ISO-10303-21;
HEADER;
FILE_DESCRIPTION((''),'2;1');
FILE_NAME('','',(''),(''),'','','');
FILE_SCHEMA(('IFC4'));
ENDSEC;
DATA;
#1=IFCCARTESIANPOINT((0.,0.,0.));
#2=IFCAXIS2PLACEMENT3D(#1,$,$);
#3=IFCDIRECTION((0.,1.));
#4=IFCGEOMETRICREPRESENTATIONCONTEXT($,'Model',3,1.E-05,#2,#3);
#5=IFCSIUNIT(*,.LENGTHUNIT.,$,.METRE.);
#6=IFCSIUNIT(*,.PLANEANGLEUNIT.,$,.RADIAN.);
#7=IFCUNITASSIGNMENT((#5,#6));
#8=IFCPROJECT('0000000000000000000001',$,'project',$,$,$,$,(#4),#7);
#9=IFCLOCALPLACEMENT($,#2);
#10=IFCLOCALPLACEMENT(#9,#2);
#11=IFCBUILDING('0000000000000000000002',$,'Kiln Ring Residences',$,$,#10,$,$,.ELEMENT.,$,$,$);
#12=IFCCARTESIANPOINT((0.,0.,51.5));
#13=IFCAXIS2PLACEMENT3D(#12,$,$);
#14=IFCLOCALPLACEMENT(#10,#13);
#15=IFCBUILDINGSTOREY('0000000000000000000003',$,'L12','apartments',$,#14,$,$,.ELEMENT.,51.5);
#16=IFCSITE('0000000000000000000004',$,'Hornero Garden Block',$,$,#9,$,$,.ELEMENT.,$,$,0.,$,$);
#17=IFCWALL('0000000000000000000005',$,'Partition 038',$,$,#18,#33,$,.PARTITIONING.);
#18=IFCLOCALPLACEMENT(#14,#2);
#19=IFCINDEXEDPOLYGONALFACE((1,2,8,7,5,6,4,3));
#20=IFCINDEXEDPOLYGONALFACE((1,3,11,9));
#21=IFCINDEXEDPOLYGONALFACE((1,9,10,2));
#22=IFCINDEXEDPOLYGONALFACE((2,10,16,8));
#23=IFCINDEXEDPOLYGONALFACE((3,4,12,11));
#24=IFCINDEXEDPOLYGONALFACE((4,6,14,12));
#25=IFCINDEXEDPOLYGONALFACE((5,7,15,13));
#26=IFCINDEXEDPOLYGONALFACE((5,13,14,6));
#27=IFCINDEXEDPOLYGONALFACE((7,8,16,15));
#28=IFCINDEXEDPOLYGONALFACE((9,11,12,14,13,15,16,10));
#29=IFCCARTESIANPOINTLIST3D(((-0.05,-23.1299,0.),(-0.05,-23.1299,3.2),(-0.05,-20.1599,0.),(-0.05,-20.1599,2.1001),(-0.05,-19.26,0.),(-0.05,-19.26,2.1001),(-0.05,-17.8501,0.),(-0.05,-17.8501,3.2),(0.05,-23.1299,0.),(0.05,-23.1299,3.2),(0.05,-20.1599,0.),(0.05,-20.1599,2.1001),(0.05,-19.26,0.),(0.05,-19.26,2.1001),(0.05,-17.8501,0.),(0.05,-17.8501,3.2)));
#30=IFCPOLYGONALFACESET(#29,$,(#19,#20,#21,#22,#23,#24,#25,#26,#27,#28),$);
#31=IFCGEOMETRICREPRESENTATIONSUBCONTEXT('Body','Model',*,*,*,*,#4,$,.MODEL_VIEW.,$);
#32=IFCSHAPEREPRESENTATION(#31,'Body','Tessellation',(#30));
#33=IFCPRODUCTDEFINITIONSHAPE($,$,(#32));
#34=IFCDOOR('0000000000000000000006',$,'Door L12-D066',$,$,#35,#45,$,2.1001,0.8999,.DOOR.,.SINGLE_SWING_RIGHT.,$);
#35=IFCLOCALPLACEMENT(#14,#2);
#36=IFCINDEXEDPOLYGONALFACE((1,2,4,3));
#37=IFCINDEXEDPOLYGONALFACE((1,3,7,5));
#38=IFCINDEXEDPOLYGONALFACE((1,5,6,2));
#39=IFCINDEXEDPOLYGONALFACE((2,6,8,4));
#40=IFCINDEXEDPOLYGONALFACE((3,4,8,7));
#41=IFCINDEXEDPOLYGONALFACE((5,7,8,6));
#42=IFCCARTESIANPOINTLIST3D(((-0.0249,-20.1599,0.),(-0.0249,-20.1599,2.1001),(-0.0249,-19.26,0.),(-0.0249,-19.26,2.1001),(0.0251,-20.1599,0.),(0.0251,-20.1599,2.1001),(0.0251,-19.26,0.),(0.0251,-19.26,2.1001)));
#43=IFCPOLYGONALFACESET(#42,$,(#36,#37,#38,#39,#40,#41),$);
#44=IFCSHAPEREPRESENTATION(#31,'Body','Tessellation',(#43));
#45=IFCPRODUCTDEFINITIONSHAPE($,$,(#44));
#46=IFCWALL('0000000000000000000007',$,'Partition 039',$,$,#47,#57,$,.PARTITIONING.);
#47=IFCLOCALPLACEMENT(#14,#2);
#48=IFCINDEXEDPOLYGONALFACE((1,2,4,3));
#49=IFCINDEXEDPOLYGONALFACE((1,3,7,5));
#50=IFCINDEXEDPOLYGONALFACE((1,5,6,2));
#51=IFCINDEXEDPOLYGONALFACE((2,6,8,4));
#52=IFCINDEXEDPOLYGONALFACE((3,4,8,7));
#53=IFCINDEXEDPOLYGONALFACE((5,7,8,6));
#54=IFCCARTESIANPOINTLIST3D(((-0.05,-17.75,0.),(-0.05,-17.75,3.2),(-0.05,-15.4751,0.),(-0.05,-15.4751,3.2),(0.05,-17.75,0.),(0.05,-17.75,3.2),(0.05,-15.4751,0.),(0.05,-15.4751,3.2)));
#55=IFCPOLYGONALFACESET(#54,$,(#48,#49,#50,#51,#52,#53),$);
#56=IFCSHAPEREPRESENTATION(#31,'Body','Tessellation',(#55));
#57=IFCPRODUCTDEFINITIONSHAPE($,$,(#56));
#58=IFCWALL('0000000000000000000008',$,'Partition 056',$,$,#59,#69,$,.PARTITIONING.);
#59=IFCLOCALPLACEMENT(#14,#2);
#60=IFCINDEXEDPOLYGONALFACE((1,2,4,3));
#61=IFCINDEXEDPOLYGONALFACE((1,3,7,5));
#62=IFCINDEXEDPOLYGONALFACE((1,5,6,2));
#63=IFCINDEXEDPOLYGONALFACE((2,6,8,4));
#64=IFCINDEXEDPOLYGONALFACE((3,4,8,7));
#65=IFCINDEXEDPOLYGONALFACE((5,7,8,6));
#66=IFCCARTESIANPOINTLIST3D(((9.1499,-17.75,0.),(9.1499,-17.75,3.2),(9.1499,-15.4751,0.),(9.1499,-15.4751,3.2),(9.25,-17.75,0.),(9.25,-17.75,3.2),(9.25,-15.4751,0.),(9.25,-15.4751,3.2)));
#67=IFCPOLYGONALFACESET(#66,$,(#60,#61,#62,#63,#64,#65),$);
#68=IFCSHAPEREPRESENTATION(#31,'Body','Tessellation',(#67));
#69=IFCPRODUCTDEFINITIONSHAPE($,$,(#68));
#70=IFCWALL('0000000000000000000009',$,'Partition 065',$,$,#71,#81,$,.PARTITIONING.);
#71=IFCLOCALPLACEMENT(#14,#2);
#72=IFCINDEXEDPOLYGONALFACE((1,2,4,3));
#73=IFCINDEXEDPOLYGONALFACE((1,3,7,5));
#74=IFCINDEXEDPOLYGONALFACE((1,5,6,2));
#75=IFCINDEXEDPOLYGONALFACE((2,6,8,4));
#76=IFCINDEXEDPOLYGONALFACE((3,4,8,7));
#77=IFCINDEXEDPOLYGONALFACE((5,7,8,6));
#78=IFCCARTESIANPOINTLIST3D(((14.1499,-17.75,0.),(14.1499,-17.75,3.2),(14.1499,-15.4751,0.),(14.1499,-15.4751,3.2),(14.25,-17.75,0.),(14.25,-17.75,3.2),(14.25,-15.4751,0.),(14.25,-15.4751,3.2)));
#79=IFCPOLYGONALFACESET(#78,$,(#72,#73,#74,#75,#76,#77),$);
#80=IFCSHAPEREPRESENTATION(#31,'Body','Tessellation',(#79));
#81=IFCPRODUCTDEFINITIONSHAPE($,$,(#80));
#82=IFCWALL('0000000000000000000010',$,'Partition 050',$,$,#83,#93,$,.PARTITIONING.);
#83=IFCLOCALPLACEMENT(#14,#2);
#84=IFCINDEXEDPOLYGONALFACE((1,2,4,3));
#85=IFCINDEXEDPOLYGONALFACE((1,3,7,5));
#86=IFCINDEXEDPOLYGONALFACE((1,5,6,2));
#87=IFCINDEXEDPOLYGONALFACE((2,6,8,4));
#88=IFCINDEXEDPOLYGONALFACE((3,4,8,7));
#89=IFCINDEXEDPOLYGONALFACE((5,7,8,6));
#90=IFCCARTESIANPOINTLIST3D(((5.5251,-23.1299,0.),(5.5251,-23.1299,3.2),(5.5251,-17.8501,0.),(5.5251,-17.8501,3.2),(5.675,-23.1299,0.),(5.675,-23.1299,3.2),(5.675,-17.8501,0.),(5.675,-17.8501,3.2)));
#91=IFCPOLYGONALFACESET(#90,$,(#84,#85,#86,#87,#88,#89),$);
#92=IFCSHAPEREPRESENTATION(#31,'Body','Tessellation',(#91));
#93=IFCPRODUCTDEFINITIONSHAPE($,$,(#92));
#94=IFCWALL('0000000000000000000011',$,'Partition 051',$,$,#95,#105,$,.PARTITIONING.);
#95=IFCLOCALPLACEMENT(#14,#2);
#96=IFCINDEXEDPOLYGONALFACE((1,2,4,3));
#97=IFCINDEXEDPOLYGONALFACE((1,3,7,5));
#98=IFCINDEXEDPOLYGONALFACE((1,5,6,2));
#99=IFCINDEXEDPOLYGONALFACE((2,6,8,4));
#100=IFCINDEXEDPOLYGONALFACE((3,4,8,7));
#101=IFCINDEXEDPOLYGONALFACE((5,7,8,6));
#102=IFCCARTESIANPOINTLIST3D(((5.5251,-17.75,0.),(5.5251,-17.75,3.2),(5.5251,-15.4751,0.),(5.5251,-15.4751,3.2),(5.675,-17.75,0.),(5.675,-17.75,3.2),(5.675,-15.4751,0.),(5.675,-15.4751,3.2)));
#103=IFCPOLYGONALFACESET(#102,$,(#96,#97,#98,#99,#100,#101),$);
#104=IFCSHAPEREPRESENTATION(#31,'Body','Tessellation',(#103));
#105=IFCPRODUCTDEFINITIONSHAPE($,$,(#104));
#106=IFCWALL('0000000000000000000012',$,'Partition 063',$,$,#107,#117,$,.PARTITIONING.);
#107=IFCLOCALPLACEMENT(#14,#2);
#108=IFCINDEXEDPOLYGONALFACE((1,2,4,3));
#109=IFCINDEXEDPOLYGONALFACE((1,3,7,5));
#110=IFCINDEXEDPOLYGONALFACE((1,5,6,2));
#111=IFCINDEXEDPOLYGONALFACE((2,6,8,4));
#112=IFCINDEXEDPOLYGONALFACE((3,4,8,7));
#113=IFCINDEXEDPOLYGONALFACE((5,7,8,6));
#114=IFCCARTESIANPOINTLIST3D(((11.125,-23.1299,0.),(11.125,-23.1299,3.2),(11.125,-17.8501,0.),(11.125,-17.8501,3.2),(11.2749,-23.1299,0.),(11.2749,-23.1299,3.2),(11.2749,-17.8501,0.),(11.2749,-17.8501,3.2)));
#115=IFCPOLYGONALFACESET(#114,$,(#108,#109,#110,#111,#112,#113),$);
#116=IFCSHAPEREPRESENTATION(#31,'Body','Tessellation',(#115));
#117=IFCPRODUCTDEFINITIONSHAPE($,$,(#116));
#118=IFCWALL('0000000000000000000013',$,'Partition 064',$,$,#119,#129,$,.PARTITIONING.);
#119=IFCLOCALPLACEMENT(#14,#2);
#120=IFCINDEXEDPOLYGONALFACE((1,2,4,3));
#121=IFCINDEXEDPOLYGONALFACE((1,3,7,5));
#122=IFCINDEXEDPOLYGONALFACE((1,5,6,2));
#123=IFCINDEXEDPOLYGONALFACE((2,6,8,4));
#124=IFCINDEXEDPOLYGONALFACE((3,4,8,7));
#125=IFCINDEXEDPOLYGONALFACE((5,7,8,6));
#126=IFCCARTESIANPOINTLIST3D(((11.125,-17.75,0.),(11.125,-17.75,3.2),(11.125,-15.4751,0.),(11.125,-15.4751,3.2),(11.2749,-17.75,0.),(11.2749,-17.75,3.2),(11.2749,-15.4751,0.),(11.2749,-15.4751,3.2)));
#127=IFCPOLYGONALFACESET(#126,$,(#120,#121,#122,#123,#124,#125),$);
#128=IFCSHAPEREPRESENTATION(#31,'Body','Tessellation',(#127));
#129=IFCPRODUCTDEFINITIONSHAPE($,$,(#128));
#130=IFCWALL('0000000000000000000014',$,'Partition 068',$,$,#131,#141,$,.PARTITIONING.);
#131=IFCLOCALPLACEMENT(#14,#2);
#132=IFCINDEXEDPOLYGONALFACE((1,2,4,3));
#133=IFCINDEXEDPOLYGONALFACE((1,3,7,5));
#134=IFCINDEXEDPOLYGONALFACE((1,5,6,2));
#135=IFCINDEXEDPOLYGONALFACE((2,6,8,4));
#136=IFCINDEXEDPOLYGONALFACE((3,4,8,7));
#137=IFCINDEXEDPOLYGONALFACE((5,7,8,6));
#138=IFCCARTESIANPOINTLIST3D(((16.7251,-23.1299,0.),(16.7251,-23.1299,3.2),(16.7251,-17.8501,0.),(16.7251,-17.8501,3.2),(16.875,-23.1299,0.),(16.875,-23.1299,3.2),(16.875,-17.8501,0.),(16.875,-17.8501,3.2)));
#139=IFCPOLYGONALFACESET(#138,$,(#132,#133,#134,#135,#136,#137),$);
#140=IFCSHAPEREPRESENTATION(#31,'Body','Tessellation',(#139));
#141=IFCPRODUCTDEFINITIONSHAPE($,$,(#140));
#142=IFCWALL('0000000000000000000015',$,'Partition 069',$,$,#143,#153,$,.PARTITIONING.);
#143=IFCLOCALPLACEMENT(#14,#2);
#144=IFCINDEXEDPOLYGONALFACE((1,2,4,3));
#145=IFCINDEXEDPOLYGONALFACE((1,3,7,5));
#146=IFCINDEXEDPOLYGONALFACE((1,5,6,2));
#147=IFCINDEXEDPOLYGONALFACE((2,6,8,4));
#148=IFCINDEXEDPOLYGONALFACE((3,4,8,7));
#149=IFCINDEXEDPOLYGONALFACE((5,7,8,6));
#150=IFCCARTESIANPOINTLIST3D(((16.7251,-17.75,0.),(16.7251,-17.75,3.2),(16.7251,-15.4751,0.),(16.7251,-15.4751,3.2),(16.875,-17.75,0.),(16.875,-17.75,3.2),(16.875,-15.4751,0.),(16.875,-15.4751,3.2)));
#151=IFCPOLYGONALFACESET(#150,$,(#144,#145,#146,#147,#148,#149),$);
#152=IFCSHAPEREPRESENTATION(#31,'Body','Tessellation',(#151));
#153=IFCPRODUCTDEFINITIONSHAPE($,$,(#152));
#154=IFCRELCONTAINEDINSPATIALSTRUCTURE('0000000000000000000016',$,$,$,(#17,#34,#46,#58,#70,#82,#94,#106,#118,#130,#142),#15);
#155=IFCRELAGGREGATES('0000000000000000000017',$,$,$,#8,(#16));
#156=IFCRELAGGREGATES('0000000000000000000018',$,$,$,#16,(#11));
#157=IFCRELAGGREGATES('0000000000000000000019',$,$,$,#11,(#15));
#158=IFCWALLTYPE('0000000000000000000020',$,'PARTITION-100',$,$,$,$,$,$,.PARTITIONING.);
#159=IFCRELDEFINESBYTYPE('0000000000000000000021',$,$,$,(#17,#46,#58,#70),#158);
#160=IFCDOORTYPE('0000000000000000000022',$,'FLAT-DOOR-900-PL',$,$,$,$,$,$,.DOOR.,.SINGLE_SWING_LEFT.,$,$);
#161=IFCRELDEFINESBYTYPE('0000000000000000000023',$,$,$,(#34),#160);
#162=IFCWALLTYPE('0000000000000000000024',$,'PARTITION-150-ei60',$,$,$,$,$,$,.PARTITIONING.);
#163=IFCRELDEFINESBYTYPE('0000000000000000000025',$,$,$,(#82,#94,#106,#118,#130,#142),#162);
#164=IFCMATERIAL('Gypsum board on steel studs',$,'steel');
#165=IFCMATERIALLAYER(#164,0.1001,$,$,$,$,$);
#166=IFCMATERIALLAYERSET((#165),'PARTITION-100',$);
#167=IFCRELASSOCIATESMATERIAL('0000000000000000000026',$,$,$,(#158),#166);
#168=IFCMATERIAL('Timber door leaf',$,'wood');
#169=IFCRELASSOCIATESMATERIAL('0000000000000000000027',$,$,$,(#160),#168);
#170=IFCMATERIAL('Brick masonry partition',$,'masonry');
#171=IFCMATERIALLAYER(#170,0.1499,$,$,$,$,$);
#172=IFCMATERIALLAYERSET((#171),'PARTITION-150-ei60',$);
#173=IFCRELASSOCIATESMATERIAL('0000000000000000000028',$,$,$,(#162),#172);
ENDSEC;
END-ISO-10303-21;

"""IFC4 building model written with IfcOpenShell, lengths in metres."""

from ifc_helpers import new_model, si_unit, direction, frame, frame_2d, origin, place, context, subcontext, project, spatial, rectangle, extrude, material, layer, layer_set, type_object, element, fill, save


model = new_model("IFC4")

# Units and contexts
model_context = context("Model", 3, precision=1e-05, world=origin(), true_north=direction((0.0, 1.0)))
body_context = subcontext(model_context, "Body", "Model", "MODEL_VIEW")
ifc_project = project(units=[si_unit("LENGTHUNIT", "METRE"), si_unit("PLANEANGLEUNIT", "RADIAN")], contexts=[model_context])

# Site, building, storey
site_placement = place(None, origin())
site = spatial("IfcSite", under=ifc_project, at=site_placement, Name="Hornero Garden Block", CompositionType="ELEMENT", RefElevation=0.0)
building_placement = place(site_placement, origin())
building = spatial("IfcBuilding", under=site, at=building_placement, Name="Kiln Ring Residences", CompositionType="ELEMENT")
storey_placement = place(building_placement, frame((0.0, 0.0, 51.5)))
storey = spatial("IfcBuildingStorey", under=building, at=storey_placement, Name="L12", Description="apartments", CompositionType="ELEMENT", Elevation=51.5)

# Wall, opening, door
ifc_material_1 = material(Name="Gypsum board on steel studs", Category="steel")
ifc_layer_1 = layer(ifc_material_1, 0.1001)
ifc_layer_set_1 = layer_set([ifc_layer_1], Name="PARTITION-100")
wall_type_1 = type_object("IfcWallType", Name="PARTITION-100", PredefinedType="PARTITIONING", material=ifc_layer_set_1)
wall_1_placement = place(storey_placement, frame((0.0, -23.1299, 0.0), z_axis=(0.0, 0.0, 1.0), x_axis=(0.0, 1.0, 0.0)))
wall_1 = element("IfcWall", 1, at=wall_1_placement, inside=storey, type_object=wall_type_1, Name="Partition 038", PredefinedType="PARTITIONING", context=body_context, shape_type="SweptSolid", body=[
    extrude(rectangle(XDim=5.2798, YDim=0.1001, at=frame_2d((2.6399, 0.0))), origin(), (0.0, 0.0, 1.0), 3.2),
])
opening_1_placement = place(wall_1_placement, frame((2.97, 0.0, 0.0)))
opening_1 = element("IfcOpeningElement", 2, at=opening_1_placement, cuts=wall_1, PredefinedType="OPENING", context=body_context, shape_type="SweptSolid", body=[
    extrude(rectangle(XDim=0.8999, YDim=2.1001, at=frame_2d((0.45, 1.05))), frame((0.0, 0.0601, 0.0), z_axis=(0.0, -1.0, 0.0), x_axis=(1.0, 0.0, 0.0)), (0.0, 0.0, 1.0), 0.1201),
])
ifc_material_2 = material(Name="Timber door leaf", Category="wood")
door_type = type_object("IfcDoorType", Name="FLAT-DOOR-900-PL", OperationType="SINGLE_SWING_LEFT", PredefinedType="DOOR", material=ifc_material_2)
door_placement = place(opening_1_placement, origin())
door = element("IfcDoor", 3, at=door_placement, inside=storey, type_object=door_type, Name="Door L12-D066", OperationType="SINGLE_SWING_RIGHT", OverallHeight=2.1001, OverallWidth=0.8999, PredefinedType="DOOR", context=body_context, shape_type="SweptSolid", body=[
    extrude(rectangle(XDim=0.8999, YDim=2.1001, at=frame_2d((0.45, 1.05))), frame((0.0, 0.0249, 0.0), z_axis=(0.0, -1.0, 0.0), x_axis=(1.0, 0.0, 0.0)), (0.0, 0.0, 1.0), 0.05),
])
fill(opening_1, door)

# Walls
for number, where, z_axis, x_axis, name in (
    (4, (0.0, -17.75, 0.0), (0.0, 0.0, 1.0), (0.0, 1.0, 0.0), "Partition 039"),
    (5, (9.2, -17.75, 0.0), (0.0, 0.0, 1.0), (0.0, 1.0, 0.0), "Partition 056"),
    (6, (14.2, -17.75, 0.0), (0.0, 0.0, 1.0), (0.0, 1.0, 0.0), "Partition 065"),
):
    element("IfcWall", number, at=place(storey_placement, frame(where, z_axis=z_axis, x_axis=x_axis)), inside=storey, type_object=wall_type_1, Name=name, PredefinedType="PARTITIONING", context=body_context, shape_type="SweptSolid", body=[
        extrude(rectangle(XDim=2.2749, YDim=0.1001, at=frame_2d((1.1375, 0.0))), origin(), (0.0, 0.0, 1.0), 3.2),
    ])
ifc_material_3 = material(Name="Brick masonry partition", Category="masonry")
ifc_layer_2 = layer(ifc_material_3, 0.1499)
ifc_layer_set_2 = layer_set([ifc_layer_2], Name="PARTITION-150-ei60")
wall_type_2 = type_object("IfcWallType", Name="PARTITION-150-ei60", PredefinedType="PARTITIONING", material=ifc_layer_set_2)
wall_2_placement = place(storey_placement, frame((5.6001, -23.1299, 0.0), z_axis=(0.0, 0.0, 1.0), x_axis=(0.0, 1.0, 0.0)))
element("IfcWall", 7, at=wall_2_placement, inside=storey, type_object=wall_type_2, Name="Partition 050", PredefinedType="PARTITIONING", context=body_context, shape_type="SweptSolid", body=[
    extrude(rectangle(XDim=5.2798, YDim=0.1499, at=frame_2d((2.6399, 0.0))), origin(), (0.0, 0.0, 1.0), 3.2),
])
wall_3_placement = place(storey_placement, frame((5.6001, -17.75, 0.0), z_axis=(0.0, 0.0, 1.0), x_axis=(0.0, 1.0, 0.0)))
element("IfcWall", 8, at=wall_3_placement, inside=storey, type_object=wall_type_2, Name="Partition 051", PredefinedType="PARTITIONING", context=body_context, shape_type="SweptSolid", body=[
    extrude(rectangle(XDim=2.2749, YDim=0.1499, at=frame_2d((1.1375, 0.0))), origin(), (0.0, 0.0, 1.0), 3.2),
])
wall_4_placement = place(storey_placement, frame((11.2, -23.1299, 0.0), z_axis=(0.0, 0.0, 1.0), x_axis=(0.0, 1.0, 0.0)))
element("IfcWall", 9, at=wall_4_placement, inside=storey, type_object=wall_type_2, Name="Partition 063", PredefinedType="PARTITIONING", context=body_context, shape_type="SweptSolid", body=[
    extrude(rectangle(XDim=5.2798, YDim=0.1499, at=frame_2d((2.6399, 0.0))), origin(), (0.0, 0.0, 1.0), 3.2),
])
wall_5_placement = place(storey_placement, frame((11.2, -17.75, 0.0), z_axis=(0.0, 0.0, 1.0), x_axis=(0.0, 1.0, 0.0)))
element("IfcWall", 10, at=wall_5_placement, inside=storey, type_object=wall_type_2, Name="Partition 064", PredefinedType="PARTITIONING", context=body_context, shape_type="SweptSolid", body=[
    extrude(rectangle(XDim=2.2749, YDim=0.1499, at=frame_2d((1.1375, 0.0))), origin(), (0.0, 0.0, 1.0), 3.2),
])
wall_6_placement = place(storey_placement, frame((16.8, -23.1299, 0.0), z_axis=(0.0, 0.0, 1.0), x_axis=(0.0, 1.0, 0.0)))
element("IfcWall", 11, at=wall_6_placement, inside=storey, type_object=wall_type_2, Name="Partition 068", PredefinedType="PARTITIONING", context=body_context, shape_type="SweptSolid", body=[
    extrude(rectangle(XDim=5.2798, YDim=0.1499, at=frame_2d((2.6399, 0.0))), origin(), (0.0, 0.0, 1.0), 3.2),
])
wall_7_placement = place(storey_placement, frame((16.8, -17.75, 0.0), z_axis=(0.0, 0.0, 1.0), x_axis=(0.0, 1.0, 0.0)))
element("IfcWall", 12, at=wall_7_placement, inside=storey, type_object=wall_type_2, Name="Partition 069", PredefinedType="PARTITIONING", context=body_context, shape_type="SweptSolid", body=[
    extrude(rectangle(XDim=2.2749, YDim=0.1499, at=frame_2d((1.1375, 0.0))), origin(), (0.0, 0.0, 1.0), 3.2),
])

save(model, "model.ifc")
